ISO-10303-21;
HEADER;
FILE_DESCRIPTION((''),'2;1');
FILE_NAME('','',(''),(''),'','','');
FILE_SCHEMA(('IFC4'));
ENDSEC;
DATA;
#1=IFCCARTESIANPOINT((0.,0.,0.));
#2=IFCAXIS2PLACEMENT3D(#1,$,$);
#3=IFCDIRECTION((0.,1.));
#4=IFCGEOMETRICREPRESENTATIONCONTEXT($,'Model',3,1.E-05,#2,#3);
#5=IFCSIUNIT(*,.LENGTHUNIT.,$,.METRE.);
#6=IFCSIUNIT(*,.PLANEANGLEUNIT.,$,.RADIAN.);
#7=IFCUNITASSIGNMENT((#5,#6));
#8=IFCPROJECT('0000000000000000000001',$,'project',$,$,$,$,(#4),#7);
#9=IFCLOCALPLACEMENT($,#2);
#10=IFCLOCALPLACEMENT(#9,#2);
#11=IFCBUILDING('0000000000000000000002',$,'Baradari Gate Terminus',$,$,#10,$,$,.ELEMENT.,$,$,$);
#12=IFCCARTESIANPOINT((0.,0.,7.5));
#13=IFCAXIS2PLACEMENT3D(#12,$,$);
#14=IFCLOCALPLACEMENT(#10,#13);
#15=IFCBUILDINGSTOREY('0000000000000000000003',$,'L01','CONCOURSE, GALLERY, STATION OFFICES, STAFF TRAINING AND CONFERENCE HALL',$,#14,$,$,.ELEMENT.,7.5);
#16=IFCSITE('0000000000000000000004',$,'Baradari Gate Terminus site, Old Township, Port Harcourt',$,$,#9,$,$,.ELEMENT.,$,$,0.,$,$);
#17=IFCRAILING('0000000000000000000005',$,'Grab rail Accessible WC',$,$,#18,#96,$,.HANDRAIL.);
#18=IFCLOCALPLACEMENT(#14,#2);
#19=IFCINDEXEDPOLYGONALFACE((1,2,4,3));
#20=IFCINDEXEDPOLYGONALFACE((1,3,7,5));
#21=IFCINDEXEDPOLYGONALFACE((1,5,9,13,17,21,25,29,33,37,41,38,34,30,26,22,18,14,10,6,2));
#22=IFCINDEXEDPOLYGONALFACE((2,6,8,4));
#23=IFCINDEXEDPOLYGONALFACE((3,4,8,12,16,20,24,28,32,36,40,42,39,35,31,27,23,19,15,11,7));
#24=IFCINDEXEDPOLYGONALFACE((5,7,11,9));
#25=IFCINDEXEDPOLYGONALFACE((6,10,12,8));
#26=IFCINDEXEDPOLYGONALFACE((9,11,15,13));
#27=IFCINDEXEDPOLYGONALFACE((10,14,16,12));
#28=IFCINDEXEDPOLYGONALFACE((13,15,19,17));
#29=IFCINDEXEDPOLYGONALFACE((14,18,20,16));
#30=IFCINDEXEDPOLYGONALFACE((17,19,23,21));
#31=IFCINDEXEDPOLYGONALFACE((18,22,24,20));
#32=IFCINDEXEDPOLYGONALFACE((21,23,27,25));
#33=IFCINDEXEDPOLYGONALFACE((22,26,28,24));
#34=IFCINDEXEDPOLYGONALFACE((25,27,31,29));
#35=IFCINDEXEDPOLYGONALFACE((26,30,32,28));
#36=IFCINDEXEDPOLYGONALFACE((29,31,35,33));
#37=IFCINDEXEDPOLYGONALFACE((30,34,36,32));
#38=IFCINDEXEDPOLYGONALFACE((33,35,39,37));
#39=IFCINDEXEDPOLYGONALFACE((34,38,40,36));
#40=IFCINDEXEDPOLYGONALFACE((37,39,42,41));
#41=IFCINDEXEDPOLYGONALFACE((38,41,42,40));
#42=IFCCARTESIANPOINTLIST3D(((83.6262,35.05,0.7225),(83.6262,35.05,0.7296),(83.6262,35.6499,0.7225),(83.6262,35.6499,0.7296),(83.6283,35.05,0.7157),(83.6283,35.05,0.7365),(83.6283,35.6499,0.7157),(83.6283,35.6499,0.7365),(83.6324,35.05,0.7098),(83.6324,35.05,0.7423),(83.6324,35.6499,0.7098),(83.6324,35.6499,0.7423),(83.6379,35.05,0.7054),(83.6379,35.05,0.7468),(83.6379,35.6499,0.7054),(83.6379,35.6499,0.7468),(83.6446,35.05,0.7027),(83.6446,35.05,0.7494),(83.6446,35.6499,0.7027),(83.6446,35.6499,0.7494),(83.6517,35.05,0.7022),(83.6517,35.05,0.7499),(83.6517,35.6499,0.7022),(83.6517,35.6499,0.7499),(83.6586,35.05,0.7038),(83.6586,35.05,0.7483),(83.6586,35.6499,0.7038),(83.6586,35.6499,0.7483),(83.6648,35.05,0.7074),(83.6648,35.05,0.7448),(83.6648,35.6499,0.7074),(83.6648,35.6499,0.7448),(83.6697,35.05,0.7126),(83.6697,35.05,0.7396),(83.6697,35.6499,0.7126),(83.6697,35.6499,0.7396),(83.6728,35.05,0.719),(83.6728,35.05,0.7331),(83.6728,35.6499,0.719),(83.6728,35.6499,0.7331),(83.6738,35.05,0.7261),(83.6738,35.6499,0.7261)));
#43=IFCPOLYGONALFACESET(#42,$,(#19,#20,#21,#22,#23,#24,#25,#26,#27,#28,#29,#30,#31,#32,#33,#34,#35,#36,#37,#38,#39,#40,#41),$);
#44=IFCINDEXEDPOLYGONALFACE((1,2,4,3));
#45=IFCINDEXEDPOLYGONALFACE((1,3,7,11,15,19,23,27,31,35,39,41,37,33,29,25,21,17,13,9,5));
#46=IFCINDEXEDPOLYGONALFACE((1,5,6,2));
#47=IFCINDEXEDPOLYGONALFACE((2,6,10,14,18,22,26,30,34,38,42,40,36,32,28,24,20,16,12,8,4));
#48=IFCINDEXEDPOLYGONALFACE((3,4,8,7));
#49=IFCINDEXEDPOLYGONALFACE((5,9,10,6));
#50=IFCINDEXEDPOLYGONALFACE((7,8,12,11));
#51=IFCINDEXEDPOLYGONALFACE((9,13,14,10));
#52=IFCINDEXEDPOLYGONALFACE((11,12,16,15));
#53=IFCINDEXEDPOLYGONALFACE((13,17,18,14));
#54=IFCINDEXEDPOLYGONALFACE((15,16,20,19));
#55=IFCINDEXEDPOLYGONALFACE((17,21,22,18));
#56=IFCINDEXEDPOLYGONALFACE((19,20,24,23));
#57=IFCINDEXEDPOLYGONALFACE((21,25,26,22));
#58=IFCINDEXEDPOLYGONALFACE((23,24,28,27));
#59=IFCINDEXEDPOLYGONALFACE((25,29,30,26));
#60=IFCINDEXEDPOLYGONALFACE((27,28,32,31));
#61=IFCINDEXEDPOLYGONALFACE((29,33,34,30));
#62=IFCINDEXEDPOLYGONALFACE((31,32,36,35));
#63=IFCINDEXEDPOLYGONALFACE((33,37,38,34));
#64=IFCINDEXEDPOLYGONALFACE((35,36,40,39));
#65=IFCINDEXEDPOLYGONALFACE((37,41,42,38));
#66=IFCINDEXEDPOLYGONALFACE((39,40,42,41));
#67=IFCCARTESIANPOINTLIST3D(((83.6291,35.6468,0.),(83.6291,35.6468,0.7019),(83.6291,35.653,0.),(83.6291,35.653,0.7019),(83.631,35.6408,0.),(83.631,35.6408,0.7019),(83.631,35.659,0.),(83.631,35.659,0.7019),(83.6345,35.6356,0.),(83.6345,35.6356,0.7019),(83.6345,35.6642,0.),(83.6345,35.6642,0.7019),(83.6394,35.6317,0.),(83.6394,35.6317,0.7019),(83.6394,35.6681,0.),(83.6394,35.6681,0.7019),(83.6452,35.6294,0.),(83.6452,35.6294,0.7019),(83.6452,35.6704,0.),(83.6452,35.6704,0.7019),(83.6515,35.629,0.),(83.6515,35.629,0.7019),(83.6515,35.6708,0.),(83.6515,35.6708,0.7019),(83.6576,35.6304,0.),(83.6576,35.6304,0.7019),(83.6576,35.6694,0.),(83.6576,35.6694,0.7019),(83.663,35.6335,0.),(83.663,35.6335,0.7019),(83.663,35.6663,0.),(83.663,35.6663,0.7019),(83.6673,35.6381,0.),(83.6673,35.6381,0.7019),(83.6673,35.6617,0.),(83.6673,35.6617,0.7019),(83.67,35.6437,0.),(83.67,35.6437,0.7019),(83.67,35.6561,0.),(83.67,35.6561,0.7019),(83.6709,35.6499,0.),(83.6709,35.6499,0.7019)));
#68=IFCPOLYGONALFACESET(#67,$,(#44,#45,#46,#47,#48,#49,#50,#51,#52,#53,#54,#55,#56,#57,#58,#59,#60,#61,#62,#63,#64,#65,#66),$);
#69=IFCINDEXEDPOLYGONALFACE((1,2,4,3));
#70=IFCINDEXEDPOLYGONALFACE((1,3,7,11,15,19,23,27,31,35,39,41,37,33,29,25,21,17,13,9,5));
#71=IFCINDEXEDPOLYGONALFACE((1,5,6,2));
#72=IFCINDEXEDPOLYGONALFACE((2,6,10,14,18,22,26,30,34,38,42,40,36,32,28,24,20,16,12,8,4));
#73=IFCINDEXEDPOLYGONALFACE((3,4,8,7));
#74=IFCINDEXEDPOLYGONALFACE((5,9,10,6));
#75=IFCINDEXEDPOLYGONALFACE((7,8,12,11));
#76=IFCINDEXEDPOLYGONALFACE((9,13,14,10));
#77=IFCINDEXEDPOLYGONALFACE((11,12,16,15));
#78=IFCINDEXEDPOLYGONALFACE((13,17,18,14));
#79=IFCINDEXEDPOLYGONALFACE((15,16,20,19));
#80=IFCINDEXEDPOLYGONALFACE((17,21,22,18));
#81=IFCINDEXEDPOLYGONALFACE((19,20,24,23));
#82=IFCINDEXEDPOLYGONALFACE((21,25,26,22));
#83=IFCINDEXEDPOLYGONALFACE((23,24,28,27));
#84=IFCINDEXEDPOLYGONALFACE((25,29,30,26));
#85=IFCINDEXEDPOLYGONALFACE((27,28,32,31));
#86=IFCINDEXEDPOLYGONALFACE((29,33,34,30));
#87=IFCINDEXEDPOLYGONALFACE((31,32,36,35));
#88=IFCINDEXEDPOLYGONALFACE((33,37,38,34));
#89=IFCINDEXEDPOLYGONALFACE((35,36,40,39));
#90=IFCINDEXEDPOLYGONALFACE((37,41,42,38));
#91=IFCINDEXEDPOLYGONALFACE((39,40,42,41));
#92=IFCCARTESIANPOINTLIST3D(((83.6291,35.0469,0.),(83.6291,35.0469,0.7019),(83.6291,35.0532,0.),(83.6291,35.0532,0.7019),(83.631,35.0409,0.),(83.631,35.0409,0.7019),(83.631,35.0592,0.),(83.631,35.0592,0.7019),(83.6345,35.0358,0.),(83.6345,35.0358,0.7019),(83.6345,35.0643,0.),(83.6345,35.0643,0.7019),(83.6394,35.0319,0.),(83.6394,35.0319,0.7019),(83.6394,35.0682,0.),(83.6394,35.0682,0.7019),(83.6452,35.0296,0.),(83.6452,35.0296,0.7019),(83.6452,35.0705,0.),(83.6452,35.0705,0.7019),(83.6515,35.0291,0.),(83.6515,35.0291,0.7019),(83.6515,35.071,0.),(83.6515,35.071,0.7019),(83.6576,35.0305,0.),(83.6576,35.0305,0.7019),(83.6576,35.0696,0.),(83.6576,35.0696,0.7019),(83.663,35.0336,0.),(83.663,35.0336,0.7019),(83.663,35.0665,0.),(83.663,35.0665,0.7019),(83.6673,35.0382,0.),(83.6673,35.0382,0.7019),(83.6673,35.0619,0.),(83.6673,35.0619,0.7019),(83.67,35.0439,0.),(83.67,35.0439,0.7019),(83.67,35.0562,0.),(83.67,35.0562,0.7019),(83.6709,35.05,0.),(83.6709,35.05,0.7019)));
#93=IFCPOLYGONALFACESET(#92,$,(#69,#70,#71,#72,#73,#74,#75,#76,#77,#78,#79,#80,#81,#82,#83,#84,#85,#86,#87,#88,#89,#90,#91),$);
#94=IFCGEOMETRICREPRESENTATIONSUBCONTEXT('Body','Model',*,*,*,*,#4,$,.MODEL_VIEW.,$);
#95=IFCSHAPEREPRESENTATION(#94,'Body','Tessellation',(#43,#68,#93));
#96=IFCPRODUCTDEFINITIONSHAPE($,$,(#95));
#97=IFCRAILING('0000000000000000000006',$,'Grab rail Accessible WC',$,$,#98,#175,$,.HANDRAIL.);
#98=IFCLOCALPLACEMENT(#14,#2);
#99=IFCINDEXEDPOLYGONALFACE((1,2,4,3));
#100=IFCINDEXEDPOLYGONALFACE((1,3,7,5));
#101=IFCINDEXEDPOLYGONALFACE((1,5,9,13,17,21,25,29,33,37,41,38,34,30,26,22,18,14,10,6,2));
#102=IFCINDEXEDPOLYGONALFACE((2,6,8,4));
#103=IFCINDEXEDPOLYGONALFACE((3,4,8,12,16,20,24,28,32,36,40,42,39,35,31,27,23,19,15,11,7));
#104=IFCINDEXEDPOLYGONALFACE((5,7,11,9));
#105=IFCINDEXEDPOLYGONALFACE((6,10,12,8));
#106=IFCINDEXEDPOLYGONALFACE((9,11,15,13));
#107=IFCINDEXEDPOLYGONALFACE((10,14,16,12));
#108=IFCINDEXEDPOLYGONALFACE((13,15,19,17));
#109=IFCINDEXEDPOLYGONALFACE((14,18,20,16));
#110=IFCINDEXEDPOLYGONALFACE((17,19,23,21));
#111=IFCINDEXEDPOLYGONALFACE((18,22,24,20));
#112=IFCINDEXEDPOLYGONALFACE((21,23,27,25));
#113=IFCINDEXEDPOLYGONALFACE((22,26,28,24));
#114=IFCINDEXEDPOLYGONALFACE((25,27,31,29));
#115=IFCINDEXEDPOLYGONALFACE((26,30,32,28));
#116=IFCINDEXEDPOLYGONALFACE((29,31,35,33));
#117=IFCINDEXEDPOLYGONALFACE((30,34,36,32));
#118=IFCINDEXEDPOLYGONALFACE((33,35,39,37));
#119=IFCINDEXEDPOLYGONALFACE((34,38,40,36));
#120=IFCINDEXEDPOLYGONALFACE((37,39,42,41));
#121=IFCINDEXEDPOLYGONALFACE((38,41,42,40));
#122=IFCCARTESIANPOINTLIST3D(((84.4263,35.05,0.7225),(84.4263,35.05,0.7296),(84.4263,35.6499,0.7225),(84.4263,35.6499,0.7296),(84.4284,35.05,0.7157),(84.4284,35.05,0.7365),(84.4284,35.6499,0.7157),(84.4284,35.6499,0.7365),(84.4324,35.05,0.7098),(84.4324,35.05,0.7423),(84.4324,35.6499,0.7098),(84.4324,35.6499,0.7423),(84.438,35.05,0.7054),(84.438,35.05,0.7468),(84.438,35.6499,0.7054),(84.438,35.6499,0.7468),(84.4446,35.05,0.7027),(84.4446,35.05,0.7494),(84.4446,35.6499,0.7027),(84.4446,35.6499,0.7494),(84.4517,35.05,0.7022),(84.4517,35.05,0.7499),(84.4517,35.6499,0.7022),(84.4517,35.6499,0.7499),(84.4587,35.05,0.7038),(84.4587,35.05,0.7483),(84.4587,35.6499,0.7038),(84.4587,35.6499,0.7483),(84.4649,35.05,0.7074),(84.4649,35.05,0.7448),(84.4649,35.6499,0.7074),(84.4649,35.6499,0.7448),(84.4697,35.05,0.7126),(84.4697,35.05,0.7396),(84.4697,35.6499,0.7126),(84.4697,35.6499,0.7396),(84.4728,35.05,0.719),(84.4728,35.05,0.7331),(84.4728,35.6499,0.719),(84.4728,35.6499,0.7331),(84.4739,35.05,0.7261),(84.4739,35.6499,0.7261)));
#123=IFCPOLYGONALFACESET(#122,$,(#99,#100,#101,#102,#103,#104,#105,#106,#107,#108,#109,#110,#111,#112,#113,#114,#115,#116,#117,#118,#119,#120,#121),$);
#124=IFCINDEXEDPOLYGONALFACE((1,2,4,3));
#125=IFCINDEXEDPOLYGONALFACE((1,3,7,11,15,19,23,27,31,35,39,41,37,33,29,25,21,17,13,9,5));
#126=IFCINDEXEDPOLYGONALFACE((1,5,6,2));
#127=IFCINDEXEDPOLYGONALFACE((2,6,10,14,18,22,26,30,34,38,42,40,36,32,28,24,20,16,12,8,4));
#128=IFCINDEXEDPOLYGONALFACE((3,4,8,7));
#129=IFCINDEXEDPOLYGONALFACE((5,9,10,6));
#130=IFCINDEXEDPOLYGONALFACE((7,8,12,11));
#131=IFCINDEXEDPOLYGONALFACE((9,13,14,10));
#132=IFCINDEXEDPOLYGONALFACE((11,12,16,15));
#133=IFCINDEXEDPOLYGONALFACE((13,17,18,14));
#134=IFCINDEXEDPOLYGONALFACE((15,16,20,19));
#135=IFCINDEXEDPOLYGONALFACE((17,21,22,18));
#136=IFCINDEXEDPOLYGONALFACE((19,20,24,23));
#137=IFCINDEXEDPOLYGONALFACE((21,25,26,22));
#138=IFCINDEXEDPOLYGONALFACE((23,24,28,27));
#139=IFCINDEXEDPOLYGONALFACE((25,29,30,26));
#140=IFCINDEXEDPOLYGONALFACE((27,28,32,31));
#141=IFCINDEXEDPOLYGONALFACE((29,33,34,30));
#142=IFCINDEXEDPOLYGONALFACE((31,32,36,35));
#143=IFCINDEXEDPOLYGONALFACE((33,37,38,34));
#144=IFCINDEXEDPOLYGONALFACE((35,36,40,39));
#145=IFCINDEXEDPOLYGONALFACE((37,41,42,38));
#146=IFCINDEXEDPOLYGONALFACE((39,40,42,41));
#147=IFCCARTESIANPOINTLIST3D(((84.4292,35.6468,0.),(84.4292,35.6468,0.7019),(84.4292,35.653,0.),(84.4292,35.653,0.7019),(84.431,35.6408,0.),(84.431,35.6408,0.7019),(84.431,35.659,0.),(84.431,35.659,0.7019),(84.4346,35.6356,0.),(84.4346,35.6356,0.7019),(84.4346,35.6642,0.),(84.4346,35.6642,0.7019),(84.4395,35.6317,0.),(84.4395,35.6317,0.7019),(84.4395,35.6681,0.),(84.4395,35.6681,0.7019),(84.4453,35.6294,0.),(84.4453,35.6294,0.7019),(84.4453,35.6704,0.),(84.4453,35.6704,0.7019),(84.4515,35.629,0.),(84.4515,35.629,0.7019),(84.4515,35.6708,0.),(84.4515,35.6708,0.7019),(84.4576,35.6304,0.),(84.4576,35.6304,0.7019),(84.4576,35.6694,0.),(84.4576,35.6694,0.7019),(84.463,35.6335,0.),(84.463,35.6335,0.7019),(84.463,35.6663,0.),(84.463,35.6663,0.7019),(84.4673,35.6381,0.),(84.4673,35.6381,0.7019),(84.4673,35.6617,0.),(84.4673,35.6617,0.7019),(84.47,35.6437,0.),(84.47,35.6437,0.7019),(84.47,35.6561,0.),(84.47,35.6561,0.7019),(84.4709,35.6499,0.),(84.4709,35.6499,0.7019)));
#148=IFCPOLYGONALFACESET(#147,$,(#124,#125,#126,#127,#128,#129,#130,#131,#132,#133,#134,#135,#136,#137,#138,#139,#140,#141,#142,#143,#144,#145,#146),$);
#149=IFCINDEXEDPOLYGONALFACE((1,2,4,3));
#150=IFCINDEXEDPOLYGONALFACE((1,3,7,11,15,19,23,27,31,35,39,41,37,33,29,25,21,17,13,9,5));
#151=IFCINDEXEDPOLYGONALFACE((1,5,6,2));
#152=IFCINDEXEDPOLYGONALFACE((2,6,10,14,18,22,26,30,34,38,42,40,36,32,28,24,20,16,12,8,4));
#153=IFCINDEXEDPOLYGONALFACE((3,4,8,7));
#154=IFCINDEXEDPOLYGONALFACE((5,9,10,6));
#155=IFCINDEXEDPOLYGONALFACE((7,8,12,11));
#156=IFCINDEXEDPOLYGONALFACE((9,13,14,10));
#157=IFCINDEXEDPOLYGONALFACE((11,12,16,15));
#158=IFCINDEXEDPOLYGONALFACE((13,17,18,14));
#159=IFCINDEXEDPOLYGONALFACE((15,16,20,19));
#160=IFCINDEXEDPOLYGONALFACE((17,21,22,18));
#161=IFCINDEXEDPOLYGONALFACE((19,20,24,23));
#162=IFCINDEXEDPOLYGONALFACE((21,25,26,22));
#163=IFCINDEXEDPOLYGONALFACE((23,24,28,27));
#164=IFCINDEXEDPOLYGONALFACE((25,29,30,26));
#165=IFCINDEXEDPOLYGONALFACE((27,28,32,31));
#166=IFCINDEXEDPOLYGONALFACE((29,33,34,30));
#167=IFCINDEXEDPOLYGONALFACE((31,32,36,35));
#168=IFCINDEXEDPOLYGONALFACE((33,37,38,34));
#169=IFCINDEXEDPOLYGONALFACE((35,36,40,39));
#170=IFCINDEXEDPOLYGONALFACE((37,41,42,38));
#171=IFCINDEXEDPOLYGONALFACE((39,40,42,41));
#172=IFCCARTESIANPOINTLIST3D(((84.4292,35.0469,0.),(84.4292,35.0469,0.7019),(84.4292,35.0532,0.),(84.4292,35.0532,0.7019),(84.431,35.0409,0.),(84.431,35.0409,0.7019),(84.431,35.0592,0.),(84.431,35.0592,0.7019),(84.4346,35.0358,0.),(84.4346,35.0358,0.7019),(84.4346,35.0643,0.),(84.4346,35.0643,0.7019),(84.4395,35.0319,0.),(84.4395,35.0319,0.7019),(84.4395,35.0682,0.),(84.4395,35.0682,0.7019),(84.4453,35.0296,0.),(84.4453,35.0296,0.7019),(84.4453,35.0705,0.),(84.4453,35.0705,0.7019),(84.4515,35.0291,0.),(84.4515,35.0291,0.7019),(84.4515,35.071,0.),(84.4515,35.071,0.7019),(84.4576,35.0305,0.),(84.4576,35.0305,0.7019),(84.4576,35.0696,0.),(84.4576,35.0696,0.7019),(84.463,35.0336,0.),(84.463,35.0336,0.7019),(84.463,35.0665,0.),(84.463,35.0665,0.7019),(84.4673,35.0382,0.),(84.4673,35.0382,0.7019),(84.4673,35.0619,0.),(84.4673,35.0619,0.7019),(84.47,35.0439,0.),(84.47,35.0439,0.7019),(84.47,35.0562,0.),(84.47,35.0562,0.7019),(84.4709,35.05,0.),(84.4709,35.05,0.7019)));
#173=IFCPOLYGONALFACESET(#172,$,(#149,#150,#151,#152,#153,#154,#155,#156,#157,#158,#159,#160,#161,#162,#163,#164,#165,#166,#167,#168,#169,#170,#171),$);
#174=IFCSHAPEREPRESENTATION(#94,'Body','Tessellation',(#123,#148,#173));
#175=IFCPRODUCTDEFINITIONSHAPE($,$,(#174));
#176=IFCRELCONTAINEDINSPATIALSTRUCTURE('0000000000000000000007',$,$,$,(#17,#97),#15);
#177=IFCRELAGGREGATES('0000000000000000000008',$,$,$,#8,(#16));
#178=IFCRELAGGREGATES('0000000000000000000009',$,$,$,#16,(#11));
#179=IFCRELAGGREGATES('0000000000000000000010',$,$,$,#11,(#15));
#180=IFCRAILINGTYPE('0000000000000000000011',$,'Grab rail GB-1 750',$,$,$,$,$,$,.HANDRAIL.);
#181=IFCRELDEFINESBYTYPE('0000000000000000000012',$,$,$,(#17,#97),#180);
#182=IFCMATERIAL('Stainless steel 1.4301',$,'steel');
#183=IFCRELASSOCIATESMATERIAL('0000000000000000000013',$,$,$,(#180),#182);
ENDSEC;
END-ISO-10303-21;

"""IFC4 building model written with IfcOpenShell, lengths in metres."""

from ifc_helpers import new_model, si_unit, direction, frame, origin, origin_2d, place, context, subcontext, project, spatial, circle, extrude, material, type_object, element, save


model = new_model("IFC4")

# Units and contexts
model_context = context("Model", 3, precision=1e-05, world=origin(), true_north=direction((0.0, 1.0)))
body_context = subcontext(model_context, "Body", "Model", "MODEL_VIEW")
ifc_project = project(units=[si_unit("LENGTHUNIT", "METRE"), si_unit("PLANEANGLEUNIT", "RADIAN")], contexts=[model_context])

# Site, building, storey
site_placement = place(None, origin())
site = spatial("IfcSite", under=ifc_project, at=site_placement, Name="Baradari Gate Terminus site, Old Township, Port Harcourt", CompositionType="ELEMENT", RefElevation=0.0)
building_placement = place(site_placement, origin())
building = spatial("IfcBuilding", under=site, at=building_placement, Name="Baradari Gate Terminus", CompositionType="ELEMENT")
storey_placement = place(building_placement, frame((0.0, 0.0, 7.5)))
storey = spatial("IfcBuildingStorey", under=building, at=storey_placement, Name="L01", Description="CONCOURSE, GALLERY, STATION OFFICES, STAFF TRAINING AND CONFERENCE HALL", CompositionType="ELEMENT", Elevation=7.5)

# Railings
ifc_material_1 = material(Name="Stainless steel 1.4301", Category="steel")
railing_type = type_object("IfcRailingType", Name="Grab rail GB-1 750", PredefinedType="HANDRAIL", material=ifc_material_1)
for number, where, name in (
    (1, (83.6499, 35.6499, 0.0), "Grab rail Accessible WC"),
    (2, (84.45, 35.6499, 0.0), "Grab rail Accessible WC"),
):
    element("IfcRailing", number, at=place(storey_placement, frame(where)), inside=storey, type_object=railing_type, Name=name, PredefinedType="HANDRAIL", context=body_context, shape_type="SweptSolid", body=[
        extrude(circle(Radius=0.0239, at=origin_2d()), frame((0.0, 0.0, 0.7261), z_axis=(0.0, -1.0, 0.0), x_axis=(1.0, 0.0, 0.0)), (0.0, 0.0, 1.0), 0.5999),
        extrude(circle(Radius=0.021, at=origin_2d()), origin(), (0.0, 0.0, 1.0), 0.7019),
        extrude(circle(Radius=0.021, at=origin_2d()), frame((0.0, -0.5999, 0.0)), (0.0, 0.0, 1.0), 0.7019),
    ])

save(model, "model.ifc")
